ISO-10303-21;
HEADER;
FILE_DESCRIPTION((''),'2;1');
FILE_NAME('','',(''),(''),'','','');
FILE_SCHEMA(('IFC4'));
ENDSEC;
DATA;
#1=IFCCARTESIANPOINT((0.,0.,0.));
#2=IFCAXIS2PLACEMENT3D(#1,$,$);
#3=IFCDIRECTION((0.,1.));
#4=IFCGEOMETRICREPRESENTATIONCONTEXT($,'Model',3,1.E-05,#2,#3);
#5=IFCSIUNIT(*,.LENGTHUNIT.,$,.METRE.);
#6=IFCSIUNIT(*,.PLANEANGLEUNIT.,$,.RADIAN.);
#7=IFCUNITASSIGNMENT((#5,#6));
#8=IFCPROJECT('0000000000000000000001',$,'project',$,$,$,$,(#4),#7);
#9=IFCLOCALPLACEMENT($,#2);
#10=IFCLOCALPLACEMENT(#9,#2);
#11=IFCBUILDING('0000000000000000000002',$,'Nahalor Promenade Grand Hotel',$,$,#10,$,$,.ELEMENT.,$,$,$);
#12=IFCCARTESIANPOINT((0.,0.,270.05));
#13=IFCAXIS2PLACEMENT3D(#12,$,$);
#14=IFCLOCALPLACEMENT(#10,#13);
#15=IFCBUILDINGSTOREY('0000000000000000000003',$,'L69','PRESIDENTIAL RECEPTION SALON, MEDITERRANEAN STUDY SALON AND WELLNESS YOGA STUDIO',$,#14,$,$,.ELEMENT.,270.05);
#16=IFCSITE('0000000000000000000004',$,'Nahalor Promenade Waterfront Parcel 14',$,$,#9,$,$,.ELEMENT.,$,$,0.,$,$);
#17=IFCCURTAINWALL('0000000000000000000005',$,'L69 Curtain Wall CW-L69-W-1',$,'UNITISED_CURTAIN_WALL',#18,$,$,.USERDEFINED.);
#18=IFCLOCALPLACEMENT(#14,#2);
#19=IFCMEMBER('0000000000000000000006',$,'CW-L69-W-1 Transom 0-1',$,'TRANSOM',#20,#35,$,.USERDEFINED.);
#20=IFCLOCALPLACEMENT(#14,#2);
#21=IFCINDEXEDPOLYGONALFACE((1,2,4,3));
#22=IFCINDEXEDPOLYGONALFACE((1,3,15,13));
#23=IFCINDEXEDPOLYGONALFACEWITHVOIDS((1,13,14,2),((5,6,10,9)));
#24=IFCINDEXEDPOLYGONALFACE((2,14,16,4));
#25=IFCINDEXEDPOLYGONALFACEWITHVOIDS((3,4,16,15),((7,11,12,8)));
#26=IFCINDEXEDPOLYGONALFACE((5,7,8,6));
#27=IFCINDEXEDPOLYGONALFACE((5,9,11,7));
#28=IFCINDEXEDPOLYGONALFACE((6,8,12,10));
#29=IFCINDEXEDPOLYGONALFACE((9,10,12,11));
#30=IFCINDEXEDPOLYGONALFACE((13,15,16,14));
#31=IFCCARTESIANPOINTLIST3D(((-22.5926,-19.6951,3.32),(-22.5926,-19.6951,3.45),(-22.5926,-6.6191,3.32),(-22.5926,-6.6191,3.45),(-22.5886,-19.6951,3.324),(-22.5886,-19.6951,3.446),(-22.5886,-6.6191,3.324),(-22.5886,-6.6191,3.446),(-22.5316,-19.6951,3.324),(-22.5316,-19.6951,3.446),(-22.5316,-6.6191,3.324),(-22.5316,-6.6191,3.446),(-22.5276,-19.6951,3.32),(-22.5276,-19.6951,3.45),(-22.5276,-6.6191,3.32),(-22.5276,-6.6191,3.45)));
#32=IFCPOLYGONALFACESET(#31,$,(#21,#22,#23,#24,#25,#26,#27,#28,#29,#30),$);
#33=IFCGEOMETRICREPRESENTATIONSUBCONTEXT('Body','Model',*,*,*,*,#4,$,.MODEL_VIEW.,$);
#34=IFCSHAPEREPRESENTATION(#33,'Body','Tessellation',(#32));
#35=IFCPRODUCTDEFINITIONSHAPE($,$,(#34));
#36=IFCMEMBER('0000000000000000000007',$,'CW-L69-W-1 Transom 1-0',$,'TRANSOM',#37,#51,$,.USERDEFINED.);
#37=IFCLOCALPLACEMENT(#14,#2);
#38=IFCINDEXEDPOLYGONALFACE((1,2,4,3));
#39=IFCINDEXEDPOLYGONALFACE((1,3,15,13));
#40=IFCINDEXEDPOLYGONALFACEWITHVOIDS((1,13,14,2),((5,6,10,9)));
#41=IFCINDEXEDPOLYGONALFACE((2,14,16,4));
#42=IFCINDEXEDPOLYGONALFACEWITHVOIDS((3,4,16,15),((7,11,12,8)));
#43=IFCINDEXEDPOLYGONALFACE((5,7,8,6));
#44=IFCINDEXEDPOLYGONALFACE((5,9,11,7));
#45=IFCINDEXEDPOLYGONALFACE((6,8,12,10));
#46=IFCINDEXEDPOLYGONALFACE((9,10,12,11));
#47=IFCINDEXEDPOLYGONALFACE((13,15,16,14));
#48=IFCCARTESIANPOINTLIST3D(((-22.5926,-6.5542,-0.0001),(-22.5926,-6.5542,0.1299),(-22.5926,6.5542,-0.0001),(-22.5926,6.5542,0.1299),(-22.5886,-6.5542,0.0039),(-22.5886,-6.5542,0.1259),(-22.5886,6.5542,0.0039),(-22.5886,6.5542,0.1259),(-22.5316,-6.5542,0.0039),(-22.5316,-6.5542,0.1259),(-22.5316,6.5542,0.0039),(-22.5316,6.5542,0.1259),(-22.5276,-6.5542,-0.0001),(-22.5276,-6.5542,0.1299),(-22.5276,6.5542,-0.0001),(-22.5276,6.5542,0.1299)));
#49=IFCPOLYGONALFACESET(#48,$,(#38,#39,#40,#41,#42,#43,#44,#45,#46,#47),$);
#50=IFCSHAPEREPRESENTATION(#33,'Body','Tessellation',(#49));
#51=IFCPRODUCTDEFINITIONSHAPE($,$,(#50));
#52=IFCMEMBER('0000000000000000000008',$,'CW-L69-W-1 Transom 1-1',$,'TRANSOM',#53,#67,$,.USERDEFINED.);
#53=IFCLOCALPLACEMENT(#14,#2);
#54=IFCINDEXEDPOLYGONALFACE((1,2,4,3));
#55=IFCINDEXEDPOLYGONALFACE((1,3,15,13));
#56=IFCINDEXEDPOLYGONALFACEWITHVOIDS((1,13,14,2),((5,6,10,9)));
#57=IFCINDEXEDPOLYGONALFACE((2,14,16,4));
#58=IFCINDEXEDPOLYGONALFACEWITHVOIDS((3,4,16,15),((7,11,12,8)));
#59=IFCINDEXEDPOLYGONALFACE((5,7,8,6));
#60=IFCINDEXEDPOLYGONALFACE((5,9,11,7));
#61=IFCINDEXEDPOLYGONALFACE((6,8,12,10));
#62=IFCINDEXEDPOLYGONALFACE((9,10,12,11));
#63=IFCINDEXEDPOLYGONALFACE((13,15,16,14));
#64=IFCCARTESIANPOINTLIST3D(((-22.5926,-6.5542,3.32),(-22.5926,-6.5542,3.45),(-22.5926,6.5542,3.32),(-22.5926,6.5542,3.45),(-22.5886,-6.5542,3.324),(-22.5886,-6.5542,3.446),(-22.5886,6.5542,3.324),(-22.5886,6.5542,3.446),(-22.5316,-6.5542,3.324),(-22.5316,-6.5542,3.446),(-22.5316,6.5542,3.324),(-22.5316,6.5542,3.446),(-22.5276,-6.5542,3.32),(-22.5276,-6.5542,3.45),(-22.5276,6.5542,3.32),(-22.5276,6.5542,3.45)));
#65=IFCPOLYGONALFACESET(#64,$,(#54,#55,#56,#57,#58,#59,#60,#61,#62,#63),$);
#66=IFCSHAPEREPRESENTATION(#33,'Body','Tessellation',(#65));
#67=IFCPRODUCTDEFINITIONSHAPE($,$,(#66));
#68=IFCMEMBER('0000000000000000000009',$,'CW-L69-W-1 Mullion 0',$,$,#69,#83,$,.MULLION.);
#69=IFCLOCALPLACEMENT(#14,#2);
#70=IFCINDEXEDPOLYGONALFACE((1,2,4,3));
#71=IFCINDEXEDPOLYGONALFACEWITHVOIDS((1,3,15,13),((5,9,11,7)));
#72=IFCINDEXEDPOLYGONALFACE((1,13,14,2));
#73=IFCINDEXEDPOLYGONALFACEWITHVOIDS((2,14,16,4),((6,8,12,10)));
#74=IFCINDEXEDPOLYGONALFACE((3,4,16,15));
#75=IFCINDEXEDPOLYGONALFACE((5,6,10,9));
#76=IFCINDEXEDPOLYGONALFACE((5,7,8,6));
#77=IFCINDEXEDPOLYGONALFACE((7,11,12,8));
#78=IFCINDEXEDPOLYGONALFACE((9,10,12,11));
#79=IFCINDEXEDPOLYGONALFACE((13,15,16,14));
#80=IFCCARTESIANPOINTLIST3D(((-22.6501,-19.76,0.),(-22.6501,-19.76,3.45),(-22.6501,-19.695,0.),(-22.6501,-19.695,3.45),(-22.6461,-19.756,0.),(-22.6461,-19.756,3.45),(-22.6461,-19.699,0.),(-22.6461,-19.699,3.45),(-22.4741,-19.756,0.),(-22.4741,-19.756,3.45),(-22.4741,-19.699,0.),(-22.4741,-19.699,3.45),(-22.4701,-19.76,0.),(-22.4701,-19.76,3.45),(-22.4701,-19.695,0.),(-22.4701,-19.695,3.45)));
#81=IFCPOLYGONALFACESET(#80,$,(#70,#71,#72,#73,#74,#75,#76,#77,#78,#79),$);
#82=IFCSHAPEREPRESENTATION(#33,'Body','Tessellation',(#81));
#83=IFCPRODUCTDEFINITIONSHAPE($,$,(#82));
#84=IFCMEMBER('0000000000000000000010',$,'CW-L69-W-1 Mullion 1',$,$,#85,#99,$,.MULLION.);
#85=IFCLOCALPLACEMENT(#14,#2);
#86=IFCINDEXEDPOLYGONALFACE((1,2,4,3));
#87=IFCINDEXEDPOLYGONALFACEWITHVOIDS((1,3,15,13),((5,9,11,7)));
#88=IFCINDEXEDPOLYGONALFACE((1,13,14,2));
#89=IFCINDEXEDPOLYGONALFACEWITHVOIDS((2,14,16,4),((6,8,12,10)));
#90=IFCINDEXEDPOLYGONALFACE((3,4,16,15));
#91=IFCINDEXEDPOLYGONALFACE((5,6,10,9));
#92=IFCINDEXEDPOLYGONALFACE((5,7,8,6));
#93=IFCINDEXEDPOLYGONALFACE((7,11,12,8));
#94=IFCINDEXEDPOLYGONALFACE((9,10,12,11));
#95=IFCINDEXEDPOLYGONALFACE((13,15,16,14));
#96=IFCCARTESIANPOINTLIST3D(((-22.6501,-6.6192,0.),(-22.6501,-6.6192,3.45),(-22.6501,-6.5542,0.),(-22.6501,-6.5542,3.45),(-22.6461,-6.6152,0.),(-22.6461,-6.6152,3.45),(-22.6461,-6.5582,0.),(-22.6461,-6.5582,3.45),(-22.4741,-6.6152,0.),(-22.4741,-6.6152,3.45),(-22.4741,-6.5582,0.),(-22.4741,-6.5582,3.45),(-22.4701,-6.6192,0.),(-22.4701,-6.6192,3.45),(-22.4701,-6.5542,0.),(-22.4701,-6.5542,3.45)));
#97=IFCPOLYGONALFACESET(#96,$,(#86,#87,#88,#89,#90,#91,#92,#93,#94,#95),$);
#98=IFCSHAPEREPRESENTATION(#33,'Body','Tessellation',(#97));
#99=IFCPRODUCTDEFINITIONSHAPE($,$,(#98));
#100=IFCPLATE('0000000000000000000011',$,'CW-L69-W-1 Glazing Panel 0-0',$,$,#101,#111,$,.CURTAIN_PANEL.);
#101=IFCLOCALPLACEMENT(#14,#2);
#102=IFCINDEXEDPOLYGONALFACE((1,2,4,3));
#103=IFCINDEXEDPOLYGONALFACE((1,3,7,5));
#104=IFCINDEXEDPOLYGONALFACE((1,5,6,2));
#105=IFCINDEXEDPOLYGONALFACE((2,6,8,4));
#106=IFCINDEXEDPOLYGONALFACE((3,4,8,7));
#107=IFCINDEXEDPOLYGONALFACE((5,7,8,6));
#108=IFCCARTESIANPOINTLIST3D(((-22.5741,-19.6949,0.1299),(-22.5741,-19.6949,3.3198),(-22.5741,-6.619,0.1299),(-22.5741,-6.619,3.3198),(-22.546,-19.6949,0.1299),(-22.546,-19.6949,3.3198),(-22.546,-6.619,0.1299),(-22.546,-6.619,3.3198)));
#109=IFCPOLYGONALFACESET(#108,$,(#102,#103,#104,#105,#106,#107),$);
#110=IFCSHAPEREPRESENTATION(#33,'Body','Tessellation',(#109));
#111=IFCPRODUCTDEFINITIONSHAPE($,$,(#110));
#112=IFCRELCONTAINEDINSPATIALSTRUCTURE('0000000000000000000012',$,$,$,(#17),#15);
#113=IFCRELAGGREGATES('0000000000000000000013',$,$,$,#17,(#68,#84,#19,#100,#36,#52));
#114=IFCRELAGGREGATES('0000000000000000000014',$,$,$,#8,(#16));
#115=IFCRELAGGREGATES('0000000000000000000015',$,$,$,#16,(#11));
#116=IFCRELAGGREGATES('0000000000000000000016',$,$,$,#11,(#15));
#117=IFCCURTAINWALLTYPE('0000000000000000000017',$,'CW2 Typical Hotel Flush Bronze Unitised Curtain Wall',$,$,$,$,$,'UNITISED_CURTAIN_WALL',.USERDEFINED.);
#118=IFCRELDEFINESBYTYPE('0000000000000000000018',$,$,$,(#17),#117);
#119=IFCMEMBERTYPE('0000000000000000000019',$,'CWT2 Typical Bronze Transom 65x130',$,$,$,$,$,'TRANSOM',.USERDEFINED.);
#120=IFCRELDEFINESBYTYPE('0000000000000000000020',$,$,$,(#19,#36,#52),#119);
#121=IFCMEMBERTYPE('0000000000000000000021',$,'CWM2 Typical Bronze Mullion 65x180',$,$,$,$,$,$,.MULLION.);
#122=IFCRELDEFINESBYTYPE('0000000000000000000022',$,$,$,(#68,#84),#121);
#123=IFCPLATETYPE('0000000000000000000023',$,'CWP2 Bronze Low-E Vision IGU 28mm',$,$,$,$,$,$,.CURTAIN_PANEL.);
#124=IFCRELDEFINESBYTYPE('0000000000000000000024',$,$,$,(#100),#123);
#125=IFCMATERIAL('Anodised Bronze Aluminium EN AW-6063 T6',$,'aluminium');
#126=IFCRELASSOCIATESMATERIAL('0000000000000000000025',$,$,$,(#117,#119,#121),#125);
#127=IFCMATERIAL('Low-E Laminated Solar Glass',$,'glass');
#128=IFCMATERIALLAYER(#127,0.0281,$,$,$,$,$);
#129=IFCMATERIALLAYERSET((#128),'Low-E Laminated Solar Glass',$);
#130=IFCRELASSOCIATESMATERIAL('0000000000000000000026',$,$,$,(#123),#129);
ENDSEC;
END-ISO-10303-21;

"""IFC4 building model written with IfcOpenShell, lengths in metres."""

from ifc_helpers import new_model, si_unit, direction, frame, origin, origin_2d, place, context, subcontext, project, spatial, rectangle, hollow_rectangle, extrude, source, transform, mapped, material, layer, layer_set, material_profile, profile_set, type_object, element, aggregate, save


model = new_model("IFC4")

# Units and contexts
model_context = context("Model", 3, precision=1e-05, world=origin(), true_north=direction((0.0, 1.0)))
body_context = subcontext(model_context, "Body", "Model", "MODEL_VIEW")
ifc_project = project(units=[si_unit("LENGTHUNIT", "METRE"), si_unit("PLANEANGLEUNIT", "RADIAN")], contexts=[model_context])

# Site, building, storey
site_placement = place(None, origin())
site = spatial("IfcSite", under=ifc_project, at=site_placement, Name="Nahalor Promenade Waterfront Parcel 14", CompositionType="ELEMENT", RefElevation=0.0)
building_placement = place(site_placement, origin())
building = spatial("IfcBuilding", under=site, at=building_placement, Name="Nahalor Promenade Grand Hotel", CompositionType="ELEMENT")
storey_placement = place(building_placement, frame((0.0, 0.0, 270.05)))
storey = spatial("IfcBuildingStorey", under=building, at=storey_placement, Name="L69", Description="PRESIDENTIAL RECEPTION SALON, MEDITERRANEAN STUDY SALON AND WELLNESS YOGA STUDIO", CompositionType="ELEMENT", Elevation=270.05)

# Curtain wall, members, plate
ifc_material_1 = material(Name="Anodised Bronze Aluminium EN AW-6063 T6", Category="aluminium")
curtain_wall_type = type_object("IfcCurtainWallType", Name="CW2 Typical Hotel Flush Bronze Unitised Curtain Wall", ElementType="UNITISED_CURTAIN_WALL", PredefinedType="USERDEFINED", material=ifc_material_1)
curtain_wall_placement = place(storey_placement, origin())
curtain_wall = element("IfcCurtainWall", 1, at=curtain_wall_placement, inside=storey, type_object=curtain_wall_type, Name="L69 Curtain Wall CW-L69-W-1", ObjectType="UNITISED_CURTAIN_WALL", PredefinedType="USERDEFINED")
ifc_material_profile_1 = material_profile(ifc_material_1, hollow_rectangle(XDim=0.065, YDim=0.13, WallThickness=0.004, at=origin_2d()), Name="CWT 65x130x4")
ifc_profile_set_1 = profile_set([ifc_material_profile_1], Name="Anodised Bronze Aluminium EN AW-6063 T6")
member_type_1 = type_object("IfcMemberType", Name="CWT2 Typical Bronze Transom 65x130", ElementType="TRANSOM", PredefinedType="USERDEFINED", material=ifc_profile_set_1)
shared_shape_1 = source(origin(), body_context, "Body", "SweptSolid", [
    extrude(hollow_rectangle(XDim=0.065, YDim=0.13, WallThickness=0.004, at=origin_2d()), origin(), (0.0, 0.0, 1.0), 13.0759),
])
member_1_placement = place(storey_placement, frame((-22.5601, -19.6951, 3.385), z_axis=(0.0, 1.0, 0.0), x_axis=(-1.0, 0.0, 0.0)))
member_1 = element("IfcMember", 2, at=member_1_placement, type_object=member_type_1, Name="CW-L69-W-1 Transom 0-1", ObjectType="TRANSOM", PredefinedType="USERDEFINED", context=body_context, shape_type="MappedRepresentation", body=[
    mapped(shared_shape_1, transform((0.0, 0.0, 0.0), scale=1.0)),
])
shared_shape_2 = source(origin(), body_context, "Body", "SweptSolid", [
    extrude(hollow_rectangle(XDim=0.065, YDim=0.13, WallThickness=0.004, at=origin_2d()), origin(), (0.0, 0.0, 1.0), 13.1084),
])
member_2_placement = place(storey_placement, frame((-22.5601, -6.5542, 0.0649), z_axis=(0.0, 1.0, 0.0), x_axis=(-1.0, 0.0, 0.0)))
member_2 = element("IfcMember", 3, at=member_2_placement, type_object=member_type_1, Name="CW-L69-W-1 Transom 1-0", ObjectType="TRANSOM", PredefinedType="USERDEFINED", context=body_context, shape_type="MappedRepresentation", body=[
    mapped(shared_shape_2, transform((0.0, 0.0, 0.0), scale=1.0)),
])
member_3_placement = place(storey_placement, frame((-22.5601, -6.5542, 3.385), z_axis=(0.0, 1.0, 0.0), x_axis=(-1.0, 0.0, 0.0)))
member_3 = element("IfcMember", 4, at=member_3_placement, type_object=member_type_1, Name="CW-L69-W-1 Transom 1-1", ObjectType="TRANSOM", PredefinedType="USERDEFINED", context=body_context, shape_type="MappedRepresentation", body=[
    mapped(shared_shape_2, transform((0.0, 0.0, 0.0), scale=1.0)),
])
ifc_material_profile_2 = material_profile(ifc_material_1, hollow_rectangle(XDim=0.065, YDim=0.18, WallThickness=0.004, at=origin_2d()), Name="CWM 65x180x4")
ifc_profile_set_2 = profile_set([ifc_material_profile_2], Name="Anodised Bronze Aluminium EN AW-6063 T6")
member_type_2 = type_object("IfcMemberType", Name="CWM2 Typical Bronze Mullion 65x180", PredefinedType="MULLION", material=ifc_profile_set_2)
shared_shape_3 = source(origin(), body_context, "Body", "SweptSolid", [
    extrude(hollow_rectangle(XDim=0.065, YDim=0.18, WallThickness=0.004, at=origin_2d()), origin(), (0.0, 0.0, 1.0), 3.45),
])
member_4_placement = place(storey_placement, frame((-22.5601, -19.7275, 0.0), z_axis=(0.0, 0.0, 1.0), x_axis=(0.0, 1.0, 0.0)))
member_4 = element("IfcMember", 5, at=member_4_placement, type_object=member_type_2, Name="CW-L69-W-1 Mullion 0", PredefinedType="MULLION", context=body_context, shape_type="MappedRepresentation", body=[
    mapped(shared_shape_3, transform((0.0, 0.0, 0.0), scale=1.0)),
])
member_5_placement = place(storey_placement, frame((-22.5601, -6.5867, 0.0), z_axis=(0.0, 0.0, 1.0), x_axis=(0.0, 1.0, 0.0)))
member_5 = element("IfcMember", 6, at=member_5_placement, type_object=member_type_2, Name="CW-L69-W-1 Mullion 1", PredefinedType="MULLION", context=body_context, shape_type="MappedRepresentation", body=[
    mapped(shared_shape_3, transform((0.0, 0.0, 0.0), scale=1.0)),
])
ifc_material_2 = material(Name="Low-E Laminated Solar Glass", Category="glass")
ifc_layer = layer(ifc_material_2, 0.0281)
ifc_layer_set = layer_set([ifc_layer], Name="Low-E Laminated Solar Glass")
plate_type = type_object("IfcPlateType", Name="CWP2 Bronze Low-E Vision IGU 28mm", PredefinedType="CURTAIN_PANEL", material=ifc_layer_set)
shared_shape_4 = source(origin(), body_context, "Body", "SweptSolid", [
    extrude(rectangle(XDim=13.0759, YDim=0.0281, at=origin_2d()), origin(), (0.0, 0.0, 1.0), 3.1899),
])
plate_placement = place(storey_placement, frame((-22.5601, -13.157, 0.1299), z_axis=(0.0, 0.0, 1.0), x_axis=(0.0, 1.0, 0.0)))
plate = element("IfcPlate", 7, at=plate_placement, type_object=plate_type, Name="CW-L69-W-1 Glazing Panel 0-0", PredefinedType="CURTAIN_PANEL", context=body_context, shape_type="MappedRepresentation", body=[
    mapped(shared_shape_4, transform((0.0, 0.0, 0.0), scale=1.0)),
])
aggregate(curtain_wall, [member_4, member_5, member_1, plate, member_2, member_3])

save(model, "model.ifc")
